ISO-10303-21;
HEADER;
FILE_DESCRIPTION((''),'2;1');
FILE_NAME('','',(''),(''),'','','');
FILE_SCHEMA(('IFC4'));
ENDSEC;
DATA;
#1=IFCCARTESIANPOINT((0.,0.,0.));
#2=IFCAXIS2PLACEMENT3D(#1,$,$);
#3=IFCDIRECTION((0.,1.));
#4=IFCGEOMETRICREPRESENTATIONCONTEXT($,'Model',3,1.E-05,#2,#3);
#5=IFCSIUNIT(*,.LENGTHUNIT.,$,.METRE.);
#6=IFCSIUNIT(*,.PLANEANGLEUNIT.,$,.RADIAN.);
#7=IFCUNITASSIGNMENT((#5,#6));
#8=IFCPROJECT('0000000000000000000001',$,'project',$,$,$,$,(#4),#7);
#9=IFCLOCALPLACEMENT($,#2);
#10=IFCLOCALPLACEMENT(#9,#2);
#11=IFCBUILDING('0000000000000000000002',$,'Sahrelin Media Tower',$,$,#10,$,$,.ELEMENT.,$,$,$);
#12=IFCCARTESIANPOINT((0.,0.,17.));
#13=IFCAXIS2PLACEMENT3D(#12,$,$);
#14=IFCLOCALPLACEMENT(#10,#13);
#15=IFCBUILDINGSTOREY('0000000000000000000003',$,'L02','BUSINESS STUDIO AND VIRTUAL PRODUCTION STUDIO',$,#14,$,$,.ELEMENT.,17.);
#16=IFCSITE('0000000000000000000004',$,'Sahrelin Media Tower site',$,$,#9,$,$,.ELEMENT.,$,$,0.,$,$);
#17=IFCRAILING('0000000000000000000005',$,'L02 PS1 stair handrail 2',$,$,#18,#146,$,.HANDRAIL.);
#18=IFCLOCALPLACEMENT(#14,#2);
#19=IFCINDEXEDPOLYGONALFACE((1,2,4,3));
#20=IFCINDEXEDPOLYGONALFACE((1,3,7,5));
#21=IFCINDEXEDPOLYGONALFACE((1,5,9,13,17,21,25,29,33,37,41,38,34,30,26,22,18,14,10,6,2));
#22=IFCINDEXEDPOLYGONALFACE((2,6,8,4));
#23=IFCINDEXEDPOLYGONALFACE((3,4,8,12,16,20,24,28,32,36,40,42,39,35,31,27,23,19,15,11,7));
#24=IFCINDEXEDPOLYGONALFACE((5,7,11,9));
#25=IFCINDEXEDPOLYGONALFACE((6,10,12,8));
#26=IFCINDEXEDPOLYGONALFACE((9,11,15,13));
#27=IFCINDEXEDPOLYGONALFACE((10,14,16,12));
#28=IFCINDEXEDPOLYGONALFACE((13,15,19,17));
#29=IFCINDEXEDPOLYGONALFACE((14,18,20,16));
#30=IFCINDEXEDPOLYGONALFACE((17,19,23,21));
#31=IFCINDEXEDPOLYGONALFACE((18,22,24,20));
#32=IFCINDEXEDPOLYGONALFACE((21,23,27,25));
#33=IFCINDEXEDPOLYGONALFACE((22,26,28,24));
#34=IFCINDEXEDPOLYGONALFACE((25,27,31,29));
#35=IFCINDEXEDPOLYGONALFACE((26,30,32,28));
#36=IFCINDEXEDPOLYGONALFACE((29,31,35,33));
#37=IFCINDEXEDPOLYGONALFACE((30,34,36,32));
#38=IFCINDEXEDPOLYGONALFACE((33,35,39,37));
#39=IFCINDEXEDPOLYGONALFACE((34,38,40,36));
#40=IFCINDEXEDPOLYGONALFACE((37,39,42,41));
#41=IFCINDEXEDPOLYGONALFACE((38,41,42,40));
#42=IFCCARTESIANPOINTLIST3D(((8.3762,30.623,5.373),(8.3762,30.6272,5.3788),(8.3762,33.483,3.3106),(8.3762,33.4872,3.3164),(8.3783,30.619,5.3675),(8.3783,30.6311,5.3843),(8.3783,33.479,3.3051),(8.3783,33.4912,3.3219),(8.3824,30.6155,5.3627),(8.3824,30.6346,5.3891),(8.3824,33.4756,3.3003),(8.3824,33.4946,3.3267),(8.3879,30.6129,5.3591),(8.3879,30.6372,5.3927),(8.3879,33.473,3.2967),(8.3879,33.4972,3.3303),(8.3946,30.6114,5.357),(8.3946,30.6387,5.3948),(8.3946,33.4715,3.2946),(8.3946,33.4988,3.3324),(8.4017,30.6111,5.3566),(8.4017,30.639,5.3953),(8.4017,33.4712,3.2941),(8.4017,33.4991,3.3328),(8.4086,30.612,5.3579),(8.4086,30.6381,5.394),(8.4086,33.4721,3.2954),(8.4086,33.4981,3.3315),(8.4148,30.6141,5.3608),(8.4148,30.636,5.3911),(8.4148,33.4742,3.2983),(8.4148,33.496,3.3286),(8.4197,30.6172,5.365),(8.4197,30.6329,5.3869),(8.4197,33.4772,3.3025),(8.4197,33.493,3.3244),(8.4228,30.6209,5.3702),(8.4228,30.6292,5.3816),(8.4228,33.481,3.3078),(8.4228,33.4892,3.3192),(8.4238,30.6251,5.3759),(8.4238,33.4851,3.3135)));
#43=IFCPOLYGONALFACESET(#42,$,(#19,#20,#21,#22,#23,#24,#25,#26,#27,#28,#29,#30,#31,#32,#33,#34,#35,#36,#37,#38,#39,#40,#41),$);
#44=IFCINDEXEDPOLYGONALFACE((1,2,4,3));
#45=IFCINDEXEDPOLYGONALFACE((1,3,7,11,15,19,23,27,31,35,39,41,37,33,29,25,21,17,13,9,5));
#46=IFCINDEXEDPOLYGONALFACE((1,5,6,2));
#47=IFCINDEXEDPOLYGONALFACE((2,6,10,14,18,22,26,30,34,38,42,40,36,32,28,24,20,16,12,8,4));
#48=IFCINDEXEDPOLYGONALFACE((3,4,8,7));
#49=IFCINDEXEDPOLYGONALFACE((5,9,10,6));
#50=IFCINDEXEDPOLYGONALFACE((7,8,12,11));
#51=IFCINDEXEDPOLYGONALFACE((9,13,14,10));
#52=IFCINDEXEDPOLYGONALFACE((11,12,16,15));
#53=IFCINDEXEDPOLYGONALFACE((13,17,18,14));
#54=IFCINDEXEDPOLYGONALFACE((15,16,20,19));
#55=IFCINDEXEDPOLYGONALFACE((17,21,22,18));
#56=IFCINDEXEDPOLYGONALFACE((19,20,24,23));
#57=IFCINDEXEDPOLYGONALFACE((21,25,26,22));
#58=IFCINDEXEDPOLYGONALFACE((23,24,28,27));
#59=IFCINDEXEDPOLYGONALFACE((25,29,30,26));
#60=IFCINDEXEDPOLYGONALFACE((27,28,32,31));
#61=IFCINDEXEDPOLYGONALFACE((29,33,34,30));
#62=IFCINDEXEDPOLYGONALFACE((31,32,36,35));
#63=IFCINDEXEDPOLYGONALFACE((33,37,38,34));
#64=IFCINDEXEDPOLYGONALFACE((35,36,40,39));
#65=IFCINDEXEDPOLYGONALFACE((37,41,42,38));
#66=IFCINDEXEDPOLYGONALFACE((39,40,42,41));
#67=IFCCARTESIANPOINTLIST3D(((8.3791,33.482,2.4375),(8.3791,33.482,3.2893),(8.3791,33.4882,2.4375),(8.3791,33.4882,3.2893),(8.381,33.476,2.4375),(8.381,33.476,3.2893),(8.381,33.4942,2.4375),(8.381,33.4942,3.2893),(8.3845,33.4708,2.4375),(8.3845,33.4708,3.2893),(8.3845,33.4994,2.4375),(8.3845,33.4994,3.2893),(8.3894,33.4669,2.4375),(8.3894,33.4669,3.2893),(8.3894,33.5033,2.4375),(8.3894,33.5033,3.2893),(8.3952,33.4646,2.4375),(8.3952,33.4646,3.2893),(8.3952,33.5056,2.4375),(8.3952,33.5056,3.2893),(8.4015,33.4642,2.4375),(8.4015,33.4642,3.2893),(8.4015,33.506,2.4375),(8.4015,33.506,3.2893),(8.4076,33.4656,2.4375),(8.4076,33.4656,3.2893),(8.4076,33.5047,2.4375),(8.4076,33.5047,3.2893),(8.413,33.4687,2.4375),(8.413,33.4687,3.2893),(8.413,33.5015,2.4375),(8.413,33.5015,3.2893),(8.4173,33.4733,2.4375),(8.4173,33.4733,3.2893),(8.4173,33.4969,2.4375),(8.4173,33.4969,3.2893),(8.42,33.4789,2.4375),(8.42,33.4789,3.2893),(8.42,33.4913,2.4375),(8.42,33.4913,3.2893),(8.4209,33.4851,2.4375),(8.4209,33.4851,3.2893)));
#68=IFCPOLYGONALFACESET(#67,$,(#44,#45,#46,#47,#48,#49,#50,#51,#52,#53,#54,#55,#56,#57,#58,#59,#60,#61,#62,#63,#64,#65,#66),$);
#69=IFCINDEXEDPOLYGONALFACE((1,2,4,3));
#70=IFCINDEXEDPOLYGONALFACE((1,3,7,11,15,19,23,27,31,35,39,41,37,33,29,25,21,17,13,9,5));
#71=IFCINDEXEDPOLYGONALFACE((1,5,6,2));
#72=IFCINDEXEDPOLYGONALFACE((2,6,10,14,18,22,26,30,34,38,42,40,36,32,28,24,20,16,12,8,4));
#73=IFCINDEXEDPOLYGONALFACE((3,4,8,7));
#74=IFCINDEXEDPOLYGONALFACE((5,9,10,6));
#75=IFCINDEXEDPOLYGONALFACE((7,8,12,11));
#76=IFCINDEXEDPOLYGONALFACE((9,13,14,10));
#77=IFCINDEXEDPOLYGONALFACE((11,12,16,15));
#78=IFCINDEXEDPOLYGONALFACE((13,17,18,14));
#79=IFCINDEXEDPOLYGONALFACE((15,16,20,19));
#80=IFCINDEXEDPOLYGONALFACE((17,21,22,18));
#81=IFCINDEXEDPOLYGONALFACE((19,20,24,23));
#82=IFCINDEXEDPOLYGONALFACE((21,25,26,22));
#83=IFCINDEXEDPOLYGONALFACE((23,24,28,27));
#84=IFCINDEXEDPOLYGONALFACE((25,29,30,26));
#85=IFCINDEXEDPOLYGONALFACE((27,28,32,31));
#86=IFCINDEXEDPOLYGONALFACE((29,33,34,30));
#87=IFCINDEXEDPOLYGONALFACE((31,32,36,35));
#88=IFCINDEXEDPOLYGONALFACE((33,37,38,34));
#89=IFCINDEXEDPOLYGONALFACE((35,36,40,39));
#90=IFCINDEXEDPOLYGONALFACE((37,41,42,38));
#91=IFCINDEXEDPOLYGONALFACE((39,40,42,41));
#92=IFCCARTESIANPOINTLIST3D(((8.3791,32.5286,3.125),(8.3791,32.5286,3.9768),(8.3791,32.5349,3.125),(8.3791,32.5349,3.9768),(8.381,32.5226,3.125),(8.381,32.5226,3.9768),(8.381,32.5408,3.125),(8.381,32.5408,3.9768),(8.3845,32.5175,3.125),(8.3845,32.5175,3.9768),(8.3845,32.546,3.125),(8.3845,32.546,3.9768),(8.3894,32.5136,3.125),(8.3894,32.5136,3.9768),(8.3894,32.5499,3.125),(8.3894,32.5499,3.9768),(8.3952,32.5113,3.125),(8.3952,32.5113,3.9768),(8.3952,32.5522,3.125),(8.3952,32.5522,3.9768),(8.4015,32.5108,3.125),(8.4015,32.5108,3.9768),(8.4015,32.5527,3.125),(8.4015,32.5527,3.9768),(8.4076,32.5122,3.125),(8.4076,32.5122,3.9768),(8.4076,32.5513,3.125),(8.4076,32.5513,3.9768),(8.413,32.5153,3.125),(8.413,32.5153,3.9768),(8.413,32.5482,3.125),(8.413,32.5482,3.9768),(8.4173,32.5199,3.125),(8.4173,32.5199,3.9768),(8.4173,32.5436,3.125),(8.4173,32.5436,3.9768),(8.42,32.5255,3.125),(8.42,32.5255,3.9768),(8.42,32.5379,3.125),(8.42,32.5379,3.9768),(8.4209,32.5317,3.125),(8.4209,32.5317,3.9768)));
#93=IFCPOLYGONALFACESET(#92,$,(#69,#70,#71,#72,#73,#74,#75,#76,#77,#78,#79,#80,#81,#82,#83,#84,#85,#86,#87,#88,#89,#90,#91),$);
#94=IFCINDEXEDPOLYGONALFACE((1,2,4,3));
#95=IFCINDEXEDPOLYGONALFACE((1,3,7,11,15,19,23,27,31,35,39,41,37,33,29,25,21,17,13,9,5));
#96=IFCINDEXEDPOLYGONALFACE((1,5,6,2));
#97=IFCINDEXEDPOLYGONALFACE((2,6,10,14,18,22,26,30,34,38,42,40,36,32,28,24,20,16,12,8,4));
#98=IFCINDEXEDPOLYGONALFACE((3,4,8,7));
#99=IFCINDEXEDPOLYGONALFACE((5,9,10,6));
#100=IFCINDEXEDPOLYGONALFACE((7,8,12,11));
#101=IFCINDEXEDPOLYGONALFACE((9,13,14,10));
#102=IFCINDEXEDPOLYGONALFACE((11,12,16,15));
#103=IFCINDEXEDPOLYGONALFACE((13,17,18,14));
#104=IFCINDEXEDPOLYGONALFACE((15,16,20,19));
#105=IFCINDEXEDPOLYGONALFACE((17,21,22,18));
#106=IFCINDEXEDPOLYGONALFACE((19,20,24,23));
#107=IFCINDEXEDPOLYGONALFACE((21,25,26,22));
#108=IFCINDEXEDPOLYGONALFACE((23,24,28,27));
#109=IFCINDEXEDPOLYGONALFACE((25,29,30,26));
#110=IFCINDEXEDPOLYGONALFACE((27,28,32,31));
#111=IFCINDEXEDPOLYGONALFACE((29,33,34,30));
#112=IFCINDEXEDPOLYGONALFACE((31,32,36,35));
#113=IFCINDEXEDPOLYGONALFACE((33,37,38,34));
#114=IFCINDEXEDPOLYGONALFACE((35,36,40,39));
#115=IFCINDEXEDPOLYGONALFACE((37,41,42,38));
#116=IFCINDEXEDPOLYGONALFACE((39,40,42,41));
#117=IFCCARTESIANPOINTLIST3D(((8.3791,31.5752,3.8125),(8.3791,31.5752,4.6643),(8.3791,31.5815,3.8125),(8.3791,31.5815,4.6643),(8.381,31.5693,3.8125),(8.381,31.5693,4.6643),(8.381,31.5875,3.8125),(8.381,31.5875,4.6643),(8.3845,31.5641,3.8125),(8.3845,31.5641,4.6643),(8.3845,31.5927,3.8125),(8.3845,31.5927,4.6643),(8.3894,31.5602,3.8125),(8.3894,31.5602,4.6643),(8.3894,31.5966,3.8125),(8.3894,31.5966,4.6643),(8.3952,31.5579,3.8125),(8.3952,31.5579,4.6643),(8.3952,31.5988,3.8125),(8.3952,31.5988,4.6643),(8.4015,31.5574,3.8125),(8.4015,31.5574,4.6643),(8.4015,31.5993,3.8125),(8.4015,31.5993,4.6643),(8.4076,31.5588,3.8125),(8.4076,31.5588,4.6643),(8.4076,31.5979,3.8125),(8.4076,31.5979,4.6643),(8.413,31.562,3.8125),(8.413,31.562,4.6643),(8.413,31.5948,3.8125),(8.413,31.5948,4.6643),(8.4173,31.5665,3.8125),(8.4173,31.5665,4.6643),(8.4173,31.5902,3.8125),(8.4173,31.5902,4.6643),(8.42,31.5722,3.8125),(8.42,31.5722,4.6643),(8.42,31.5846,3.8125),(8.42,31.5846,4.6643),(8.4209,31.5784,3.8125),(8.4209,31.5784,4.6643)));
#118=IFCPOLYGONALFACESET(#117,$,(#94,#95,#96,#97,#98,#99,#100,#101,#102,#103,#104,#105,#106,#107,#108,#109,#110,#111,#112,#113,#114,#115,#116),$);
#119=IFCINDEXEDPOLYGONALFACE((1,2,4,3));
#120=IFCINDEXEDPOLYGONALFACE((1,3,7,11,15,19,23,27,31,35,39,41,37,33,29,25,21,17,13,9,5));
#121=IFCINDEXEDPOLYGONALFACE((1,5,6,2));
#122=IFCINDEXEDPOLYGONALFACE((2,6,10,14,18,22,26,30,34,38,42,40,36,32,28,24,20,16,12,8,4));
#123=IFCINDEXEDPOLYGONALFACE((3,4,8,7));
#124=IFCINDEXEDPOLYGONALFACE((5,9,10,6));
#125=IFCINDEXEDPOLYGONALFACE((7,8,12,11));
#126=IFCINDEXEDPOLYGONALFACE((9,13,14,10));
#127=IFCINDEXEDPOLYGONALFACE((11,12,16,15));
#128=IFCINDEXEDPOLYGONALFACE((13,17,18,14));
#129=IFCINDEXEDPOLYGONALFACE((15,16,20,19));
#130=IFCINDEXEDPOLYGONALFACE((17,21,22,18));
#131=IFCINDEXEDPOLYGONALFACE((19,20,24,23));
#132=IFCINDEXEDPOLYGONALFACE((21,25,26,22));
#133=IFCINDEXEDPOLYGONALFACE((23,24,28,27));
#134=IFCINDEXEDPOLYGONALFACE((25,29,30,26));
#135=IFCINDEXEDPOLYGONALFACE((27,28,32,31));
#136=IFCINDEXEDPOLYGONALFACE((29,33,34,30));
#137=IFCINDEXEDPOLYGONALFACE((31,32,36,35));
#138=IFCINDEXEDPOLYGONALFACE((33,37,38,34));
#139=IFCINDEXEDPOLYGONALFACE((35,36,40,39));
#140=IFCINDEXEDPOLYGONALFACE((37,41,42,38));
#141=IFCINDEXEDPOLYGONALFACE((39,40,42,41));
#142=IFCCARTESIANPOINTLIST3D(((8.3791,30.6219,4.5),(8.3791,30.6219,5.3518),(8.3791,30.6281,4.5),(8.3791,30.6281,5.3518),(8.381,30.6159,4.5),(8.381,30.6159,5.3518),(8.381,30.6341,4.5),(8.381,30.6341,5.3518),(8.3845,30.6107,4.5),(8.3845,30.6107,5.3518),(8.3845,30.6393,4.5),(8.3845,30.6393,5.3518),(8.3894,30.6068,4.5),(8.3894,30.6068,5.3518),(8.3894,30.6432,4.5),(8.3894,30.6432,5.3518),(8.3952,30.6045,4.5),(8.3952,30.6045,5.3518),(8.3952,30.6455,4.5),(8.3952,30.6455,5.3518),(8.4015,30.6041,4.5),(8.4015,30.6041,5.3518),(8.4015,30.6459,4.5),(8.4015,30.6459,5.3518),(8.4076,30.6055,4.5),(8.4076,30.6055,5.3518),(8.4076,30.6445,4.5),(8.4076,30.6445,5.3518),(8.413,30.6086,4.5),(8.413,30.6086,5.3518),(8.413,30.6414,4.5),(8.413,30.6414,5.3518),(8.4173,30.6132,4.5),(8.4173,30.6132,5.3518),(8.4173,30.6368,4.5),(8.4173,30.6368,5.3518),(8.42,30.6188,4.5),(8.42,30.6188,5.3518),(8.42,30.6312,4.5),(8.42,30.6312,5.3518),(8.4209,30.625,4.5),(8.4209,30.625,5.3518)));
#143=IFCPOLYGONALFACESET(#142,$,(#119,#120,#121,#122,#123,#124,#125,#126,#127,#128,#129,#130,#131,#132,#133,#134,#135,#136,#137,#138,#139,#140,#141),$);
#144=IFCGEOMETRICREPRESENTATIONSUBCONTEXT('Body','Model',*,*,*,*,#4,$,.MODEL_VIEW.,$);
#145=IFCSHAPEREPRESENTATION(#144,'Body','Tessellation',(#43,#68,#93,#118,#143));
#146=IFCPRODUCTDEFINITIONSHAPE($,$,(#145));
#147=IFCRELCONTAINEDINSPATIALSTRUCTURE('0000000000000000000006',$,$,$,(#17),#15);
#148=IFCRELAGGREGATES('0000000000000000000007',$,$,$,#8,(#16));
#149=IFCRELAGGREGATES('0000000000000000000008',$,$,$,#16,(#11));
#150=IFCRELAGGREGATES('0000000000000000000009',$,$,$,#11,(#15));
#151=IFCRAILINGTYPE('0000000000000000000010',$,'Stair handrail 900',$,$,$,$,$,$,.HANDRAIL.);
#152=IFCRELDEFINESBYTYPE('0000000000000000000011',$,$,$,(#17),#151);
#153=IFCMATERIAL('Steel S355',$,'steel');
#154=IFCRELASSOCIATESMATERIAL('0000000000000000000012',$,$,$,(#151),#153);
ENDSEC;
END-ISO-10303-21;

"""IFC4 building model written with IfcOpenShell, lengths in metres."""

from ifc_helpers import new_model, si_unit, direction, frame, origin, origin_2d, place, context, subcontext, project, spatial, circle, extrude, material, type_object, element, save


model = new_model("IFC4")

# Units and contexts
model_context = context("Model", 3, precision=1e-05, world=origin(), true_north=direction((0.0, 1.0)))
body_context = subcontext(model_context, "Body", "Model", "MODEL_VIEW")
ifc_project = project(units=[si_unit("LENGTHUNIT", "METRE"), si_unit("PLANEANGLEUNIT", "RADIAN")], contexts=[model_context])

# Site, building, storey
site_placement = place(None, origin())
site = spatial("IfcSite", under=ifc_project, at=site_placement, Name="Sahrelin Media Tower site", CompositionType="ELEMENT", RefElevation=0.0)
building_placement = place(site_placement, origin())
building = spatial("IfcBuilding", under=site, at=building_placement, Name="Sahrelin Media Tower", CompositionType="ELEMENT")
storey_placement = place(building_placement, frame((0.0, 0.0, 17.0)))
storey = spatial("IfcBuildingStorey", under=building, at=storey_placement, Name="L02", Description="BUSINESS STUDIO AND VIRTUAL PRODUCTION STUDIO", CompositionType="ELEMENT", Elevation=17.0)

# Shared definitions
ifc_material_1 = material(Name="Steel S355", Category="steel")

# Railing
railing_type_1 = type_object("IfcRailingType", Name="Stair handrail 900", PredefinedType="HANDRAIL", material=ifc_material_1)
for number, where, name in (
    (1, (8.3999, 33.4851, 2.4375), "L02 PS1 stair handrail 2"),
):
    element("IfcRailing", number, at=place(storey_placement, frame(where)), inside=storey, type_object=railing_type_1, Name=name, PredefinedType="HANDRAIL", context=body_context, shape_type="SweptSolid", body=[
        extrude(circle(Radius=0.0239, at=origin_2d()), frame((0.0, 0.0, 0.876), z_axis=(0.0, -0.811101, 0.584906), x_axis=(1.0, 0.0, 0.0)), (0.0, 0.0, 1.0), 3.5261),
        extrude(circle(Radius=0.021, at=origin_2d()), origin(), (0.0, 0.0, 1.0), 0.8518),
        extrude(circle(Radius=0.021, at=origin_2d()), frame((0.0, -0.9534, 0.6875)), (0.0, 0.0, 1.0), 0.8518),
        extrude(circle(Radius=0.021, at=origin_2d()), frame((0.0, -1.9067, 1.375)), (0.0, 0.0, 1.0), 0.8518),
        extrude(circle(Radius=0.021, at=origin_2d()), frame((0.0, -2.8601, 2.0625)), (0.0, 0.0, 1.0), 0.8518),
    ])

save(model, "model.ifc")
